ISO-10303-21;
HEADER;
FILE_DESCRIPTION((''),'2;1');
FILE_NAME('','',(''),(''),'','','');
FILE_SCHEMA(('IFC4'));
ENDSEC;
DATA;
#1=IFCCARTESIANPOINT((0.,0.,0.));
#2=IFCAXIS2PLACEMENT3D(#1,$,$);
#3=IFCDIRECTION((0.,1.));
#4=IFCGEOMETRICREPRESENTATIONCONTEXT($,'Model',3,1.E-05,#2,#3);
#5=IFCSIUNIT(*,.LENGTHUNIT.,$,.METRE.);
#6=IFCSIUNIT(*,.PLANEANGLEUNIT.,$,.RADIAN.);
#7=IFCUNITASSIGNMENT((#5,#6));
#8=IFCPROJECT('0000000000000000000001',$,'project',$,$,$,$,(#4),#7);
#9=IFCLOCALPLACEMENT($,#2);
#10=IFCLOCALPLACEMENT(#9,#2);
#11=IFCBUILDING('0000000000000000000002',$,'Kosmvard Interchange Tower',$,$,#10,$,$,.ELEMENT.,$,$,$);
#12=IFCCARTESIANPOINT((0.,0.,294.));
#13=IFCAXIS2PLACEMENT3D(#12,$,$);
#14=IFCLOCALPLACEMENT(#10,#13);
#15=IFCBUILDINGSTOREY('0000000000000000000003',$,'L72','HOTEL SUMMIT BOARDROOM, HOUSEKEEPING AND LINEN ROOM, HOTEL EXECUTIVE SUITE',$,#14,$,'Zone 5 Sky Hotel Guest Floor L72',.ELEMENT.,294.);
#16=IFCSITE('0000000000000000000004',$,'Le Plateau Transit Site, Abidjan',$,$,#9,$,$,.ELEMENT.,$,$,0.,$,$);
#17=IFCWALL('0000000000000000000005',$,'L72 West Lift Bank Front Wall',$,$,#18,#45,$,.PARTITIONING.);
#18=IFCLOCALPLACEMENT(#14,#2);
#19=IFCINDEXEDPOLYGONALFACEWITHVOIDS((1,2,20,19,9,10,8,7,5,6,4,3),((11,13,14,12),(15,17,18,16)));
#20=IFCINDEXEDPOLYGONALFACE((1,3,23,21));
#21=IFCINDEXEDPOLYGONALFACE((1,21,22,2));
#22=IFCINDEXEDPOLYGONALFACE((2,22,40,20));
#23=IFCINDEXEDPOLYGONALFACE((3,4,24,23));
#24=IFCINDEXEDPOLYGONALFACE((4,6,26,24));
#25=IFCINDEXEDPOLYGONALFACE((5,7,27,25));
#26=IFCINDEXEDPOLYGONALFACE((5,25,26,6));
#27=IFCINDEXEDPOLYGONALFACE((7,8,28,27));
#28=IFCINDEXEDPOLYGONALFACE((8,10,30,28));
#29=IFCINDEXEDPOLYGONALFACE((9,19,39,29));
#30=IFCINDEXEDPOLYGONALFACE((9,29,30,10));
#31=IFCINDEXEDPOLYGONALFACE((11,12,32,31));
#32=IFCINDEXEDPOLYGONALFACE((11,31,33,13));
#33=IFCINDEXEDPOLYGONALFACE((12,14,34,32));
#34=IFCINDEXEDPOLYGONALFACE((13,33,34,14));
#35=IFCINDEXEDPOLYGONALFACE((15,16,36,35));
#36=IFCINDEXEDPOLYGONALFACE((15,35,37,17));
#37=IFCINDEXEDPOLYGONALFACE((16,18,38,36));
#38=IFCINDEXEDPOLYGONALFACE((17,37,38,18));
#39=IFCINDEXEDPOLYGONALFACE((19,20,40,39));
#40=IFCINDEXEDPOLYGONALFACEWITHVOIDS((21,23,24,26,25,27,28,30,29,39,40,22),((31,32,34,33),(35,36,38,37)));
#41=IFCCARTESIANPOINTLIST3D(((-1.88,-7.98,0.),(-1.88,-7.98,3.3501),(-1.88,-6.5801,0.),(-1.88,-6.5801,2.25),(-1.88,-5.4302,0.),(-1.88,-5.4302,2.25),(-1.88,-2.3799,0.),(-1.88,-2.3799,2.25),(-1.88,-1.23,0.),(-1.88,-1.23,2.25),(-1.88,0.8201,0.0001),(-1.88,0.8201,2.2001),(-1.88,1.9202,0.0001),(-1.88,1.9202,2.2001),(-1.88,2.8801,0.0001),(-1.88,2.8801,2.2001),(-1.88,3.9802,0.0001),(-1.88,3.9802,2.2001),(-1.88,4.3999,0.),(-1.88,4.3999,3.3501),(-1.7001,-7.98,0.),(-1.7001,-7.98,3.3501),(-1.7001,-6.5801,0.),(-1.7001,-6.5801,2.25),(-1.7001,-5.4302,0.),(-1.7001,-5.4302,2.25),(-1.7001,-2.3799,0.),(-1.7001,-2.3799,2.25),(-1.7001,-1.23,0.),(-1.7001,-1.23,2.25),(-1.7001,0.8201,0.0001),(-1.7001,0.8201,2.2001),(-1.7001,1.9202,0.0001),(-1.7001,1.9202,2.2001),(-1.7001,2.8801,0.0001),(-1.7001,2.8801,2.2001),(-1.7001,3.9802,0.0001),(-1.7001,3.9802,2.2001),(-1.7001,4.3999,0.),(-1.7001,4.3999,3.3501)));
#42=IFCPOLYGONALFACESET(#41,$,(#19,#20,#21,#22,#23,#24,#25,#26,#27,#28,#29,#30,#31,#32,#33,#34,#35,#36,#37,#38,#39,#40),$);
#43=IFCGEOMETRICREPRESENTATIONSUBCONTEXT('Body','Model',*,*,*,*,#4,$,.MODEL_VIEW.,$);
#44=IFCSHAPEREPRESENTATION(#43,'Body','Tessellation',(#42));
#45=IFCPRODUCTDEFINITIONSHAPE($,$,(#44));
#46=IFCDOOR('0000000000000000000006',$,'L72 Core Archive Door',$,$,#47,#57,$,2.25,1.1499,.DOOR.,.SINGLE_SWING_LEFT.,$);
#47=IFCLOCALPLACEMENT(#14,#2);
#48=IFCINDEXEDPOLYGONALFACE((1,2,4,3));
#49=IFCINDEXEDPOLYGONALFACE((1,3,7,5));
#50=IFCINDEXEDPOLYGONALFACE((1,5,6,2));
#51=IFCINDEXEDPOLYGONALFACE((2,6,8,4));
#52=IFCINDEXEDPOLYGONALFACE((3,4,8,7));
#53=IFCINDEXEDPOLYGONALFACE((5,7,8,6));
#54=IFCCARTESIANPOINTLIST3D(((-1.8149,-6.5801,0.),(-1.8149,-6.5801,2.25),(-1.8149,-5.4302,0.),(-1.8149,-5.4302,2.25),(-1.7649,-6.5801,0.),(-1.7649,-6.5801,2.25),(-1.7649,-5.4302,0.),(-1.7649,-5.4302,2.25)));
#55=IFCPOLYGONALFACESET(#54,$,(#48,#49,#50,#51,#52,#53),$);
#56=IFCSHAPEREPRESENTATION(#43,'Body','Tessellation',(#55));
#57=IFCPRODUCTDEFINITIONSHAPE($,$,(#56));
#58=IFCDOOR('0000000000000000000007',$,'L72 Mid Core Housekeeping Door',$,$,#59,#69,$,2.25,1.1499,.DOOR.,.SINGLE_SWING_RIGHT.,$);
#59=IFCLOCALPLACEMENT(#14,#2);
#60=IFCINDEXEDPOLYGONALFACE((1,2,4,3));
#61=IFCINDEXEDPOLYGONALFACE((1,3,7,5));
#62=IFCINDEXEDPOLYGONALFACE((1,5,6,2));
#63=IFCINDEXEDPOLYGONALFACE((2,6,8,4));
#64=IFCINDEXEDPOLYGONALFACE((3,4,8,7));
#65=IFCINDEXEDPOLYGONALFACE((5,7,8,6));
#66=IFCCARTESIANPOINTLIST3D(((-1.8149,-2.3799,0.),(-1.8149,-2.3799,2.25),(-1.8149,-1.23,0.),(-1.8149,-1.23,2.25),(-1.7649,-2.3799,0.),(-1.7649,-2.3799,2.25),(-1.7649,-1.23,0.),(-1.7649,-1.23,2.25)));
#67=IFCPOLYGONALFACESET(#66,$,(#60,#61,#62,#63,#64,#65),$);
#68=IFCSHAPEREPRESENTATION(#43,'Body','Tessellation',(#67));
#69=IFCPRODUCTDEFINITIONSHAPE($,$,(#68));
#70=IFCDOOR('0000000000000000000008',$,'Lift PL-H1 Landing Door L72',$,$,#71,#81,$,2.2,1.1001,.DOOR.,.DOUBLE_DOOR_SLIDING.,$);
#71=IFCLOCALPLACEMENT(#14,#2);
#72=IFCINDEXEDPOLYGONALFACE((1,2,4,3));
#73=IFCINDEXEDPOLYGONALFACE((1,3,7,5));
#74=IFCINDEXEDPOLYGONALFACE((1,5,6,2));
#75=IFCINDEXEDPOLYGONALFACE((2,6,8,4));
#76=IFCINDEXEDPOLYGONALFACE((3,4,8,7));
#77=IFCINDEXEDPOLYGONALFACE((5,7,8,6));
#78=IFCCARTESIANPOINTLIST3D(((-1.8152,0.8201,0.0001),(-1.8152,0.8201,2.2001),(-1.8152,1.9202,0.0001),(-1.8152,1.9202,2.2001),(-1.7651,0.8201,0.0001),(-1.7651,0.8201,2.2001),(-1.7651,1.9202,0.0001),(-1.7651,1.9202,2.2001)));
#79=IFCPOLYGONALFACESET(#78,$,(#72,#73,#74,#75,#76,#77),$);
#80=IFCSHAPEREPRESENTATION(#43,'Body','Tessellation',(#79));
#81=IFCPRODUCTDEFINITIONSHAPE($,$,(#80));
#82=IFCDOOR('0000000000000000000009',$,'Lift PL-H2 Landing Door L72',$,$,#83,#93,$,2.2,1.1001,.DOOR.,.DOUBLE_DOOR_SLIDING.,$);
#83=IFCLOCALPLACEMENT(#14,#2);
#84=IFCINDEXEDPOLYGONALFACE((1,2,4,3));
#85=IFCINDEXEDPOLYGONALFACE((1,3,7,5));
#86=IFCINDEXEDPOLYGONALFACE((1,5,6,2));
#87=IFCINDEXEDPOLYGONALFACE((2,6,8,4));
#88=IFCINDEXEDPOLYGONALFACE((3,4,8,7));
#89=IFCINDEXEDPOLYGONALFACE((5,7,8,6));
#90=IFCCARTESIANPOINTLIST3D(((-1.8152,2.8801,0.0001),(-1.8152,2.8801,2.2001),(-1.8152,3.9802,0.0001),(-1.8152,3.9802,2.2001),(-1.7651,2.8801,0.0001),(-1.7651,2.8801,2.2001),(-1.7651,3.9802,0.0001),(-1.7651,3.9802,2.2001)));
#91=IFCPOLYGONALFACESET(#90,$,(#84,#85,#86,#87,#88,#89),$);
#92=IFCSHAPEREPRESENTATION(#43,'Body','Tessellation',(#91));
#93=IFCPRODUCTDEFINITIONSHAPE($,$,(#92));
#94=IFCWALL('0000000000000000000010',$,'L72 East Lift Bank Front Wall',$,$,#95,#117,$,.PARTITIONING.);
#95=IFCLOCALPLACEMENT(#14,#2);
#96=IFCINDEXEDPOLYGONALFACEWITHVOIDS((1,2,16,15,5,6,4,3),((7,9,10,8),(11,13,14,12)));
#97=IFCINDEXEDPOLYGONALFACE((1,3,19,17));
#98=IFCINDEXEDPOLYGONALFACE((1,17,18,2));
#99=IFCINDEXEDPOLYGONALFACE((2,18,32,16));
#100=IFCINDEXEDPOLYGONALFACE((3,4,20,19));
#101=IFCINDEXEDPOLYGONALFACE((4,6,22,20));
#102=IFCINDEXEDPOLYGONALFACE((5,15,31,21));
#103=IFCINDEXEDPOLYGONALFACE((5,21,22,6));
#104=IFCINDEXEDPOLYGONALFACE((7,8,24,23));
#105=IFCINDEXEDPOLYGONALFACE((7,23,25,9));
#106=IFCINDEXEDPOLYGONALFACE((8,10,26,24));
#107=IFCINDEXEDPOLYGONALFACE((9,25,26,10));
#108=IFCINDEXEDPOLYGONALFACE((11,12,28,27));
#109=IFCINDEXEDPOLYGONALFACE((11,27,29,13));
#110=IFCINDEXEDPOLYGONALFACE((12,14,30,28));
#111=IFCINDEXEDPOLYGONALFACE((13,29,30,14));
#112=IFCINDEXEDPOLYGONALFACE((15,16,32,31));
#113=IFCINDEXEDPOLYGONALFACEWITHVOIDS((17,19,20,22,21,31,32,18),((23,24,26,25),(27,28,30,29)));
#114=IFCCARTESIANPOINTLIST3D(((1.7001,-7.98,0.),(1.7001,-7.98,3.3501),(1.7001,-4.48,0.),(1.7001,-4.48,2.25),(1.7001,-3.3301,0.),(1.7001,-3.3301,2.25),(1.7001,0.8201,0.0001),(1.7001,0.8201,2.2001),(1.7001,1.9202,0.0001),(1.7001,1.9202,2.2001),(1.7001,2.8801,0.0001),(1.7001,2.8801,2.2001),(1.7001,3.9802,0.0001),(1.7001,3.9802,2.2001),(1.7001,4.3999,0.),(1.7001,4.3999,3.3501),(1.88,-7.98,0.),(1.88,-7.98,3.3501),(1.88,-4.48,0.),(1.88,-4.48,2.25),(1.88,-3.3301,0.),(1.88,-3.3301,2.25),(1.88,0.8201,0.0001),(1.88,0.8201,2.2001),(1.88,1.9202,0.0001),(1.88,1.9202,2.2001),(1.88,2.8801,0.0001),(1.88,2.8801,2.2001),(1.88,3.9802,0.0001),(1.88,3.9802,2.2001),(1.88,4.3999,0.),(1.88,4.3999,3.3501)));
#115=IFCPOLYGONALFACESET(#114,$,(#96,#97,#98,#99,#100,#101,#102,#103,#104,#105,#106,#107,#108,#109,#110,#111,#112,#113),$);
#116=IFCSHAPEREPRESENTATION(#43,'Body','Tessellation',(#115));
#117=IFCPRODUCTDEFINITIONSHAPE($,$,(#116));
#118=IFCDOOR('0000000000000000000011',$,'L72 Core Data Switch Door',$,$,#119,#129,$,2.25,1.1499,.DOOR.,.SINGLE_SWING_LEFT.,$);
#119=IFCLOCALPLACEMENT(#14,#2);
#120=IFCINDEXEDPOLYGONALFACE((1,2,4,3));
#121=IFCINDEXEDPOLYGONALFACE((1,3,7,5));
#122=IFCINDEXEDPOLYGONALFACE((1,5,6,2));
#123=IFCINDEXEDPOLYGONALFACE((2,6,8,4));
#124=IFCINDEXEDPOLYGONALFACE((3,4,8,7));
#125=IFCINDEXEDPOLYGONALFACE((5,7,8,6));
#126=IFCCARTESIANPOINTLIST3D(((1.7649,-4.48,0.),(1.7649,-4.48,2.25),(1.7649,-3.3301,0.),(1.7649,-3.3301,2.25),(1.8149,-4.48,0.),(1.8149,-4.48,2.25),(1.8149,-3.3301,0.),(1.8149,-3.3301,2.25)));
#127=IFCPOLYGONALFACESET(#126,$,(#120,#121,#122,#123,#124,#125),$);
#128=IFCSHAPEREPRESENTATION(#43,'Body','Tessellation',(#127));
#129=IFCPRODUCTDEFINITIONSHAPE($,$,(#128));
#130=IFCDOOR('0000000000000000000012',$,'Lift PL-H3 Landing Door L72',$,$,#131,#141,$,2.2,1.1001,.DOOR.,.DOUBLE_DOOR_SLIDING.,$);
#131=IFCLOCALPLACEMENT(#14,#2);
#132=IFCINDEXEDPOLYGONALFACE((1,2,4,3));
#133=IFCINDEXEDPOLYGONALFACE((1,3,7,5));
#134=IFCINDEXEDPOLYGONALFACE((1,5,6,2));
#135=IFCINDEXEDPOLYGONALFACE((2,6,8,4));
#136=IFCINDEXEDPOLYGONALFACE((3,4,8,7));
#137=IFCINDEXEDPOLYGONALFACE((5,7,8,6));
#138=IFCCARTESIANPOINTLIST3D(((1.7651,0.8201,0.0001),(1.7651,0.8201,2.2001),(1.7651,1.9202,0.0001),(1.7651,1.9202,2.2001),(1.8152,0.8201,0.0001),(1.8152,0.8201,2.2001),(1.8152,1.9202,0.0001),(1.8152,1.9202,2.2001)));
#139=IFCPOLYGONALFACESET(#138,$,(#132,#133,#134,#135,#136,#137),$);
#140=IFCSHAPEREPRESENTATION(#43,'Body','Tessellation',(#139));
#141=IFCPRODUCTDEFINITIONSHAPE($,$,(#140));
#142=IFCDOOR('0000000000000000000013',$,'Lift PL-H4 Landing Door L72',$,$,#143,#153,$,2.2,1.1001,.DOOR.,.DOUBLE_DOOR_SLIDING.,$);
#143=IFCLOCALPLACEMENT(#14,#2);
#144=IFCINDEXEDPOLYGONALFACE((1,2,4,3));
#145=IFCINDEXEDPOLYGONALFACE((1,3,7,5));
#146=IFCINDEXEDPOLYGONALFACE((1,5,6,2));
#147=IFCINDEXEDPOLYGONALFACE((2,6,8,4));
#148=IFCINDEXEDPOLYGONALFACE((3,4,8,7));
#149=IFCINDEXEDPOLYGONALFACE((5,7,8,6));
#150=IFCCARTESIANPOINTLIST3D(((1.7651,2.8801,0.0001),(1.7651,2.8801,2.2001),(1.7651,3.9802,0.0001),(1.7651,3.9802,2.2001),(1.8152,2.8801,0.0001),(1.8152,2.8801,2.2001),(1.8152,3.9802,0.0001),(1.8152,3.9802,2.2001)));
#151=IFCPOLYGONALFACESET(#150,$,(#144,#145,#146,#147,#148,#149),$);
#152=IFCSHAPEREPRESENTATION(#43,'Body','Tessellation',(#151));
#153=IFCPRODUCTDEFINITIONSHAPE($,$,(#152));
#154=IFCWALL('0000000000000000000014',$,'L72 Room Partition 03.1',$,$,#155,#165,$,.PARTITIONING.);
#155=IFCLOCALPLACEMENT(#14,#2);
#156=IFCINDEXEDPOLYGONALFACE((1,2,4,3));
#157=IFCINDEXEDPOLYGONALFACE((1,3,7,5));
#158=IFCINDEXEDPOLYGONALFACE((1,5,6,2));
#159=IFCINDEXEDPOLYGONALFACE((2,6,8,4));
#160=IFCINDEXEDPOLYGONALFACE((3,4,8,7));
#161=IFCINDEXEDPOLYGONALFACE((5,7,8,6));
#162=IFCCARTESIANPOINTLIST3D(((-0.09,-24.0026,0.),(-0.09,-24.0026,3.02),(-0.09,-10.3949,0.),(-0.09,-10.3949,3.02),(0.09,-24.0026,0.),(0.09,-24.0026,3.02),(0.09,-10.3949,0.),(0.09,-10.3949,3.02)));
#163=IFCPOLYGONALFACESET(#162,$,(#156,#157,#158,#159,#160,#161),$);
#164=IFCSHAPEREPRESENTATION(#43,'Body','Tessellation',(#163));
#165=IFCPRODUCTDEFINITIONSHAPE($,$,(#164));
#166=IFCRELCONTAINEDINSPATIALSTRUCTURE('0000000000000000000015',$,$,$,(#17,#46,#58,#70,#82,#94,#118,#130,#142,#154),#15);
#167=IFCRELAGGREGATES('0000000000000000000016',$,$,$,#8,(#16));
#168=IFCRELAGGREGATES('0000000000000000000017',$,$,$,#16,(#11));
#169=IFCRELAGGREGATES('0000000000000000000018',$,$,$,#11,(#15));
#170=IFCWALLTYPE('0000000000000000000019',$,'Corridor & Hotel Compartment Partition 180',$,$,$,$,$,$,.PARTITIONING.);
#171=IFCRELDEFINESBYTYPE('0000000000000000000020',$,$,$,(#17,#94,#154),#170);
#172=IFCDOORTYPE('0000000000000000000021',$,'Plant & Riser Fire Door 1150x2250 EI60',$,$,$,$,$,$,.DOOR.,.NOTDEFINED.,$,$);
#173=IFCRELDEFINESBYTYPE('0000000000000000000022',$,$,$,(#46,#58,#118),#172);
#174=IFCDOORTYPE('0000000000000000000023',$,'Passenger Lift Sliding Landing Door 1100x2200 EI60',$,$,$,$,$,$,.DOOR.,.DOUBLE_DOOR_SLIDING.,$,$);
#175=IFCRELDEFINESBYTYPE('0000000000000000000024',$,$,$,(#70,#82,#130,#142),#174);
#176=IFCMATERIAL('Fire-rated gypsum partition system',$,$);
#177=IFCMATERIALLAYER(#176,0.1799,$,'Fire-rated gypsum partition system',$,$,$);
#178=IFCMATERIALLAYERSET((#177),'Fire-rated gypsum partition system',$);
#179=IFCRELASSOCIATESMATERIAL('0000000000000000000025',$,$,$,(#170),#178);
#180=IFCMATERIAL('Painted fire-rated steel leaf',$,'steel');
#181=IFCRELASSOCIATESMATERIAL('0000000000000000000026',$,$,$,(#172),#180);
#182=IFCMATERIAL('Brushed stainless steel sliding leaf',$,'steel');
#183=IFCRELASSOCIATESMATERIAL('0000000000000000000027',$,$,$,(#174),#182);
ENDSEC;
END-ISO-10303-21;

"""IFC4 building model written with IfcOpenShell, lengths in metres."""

from ifc_helpers import new_model, si_unit, direction, frame, frame_2d, origin, place, context, subcontext, project, spatial, rectangle, extrude, source, transform, mapped, material, layer, layer_set, type_object, element, fill, save


model = new_model("IFC4")

# Units and contexts
model_context = context("Model", 3, precision=1e-05, world=origin(), true_north=direction((0.0, 1.0)))
body_context = subcontext(model_context, "Body", "Model", "MODEL_VIEW")
ifc_project = project(units=[si_unit("LENGTHUNIT", "METRE"), si_unit("PLANEANGLEUNIT", "RADIAN")], contexts=[model_context])

# Site, building, storey
site_placement = place(None, origin())
site = spatial("IfcSite", under=ifc_project, at=site_placement, Name="Le Plateau Transit Site, Abidjan", CompositionType="ELEMENT", RefElevation=0.0)
building_placement = place(site_placement, origin())
building = spatial("IfcBuilding", under=site, at=building_placement, Name="Kosmvard Interchange Tower", CompositionType="ELEMENT")
storey_placement = place(building_placement, frame((0.0, 0.0, 294.0)))
storey = spatial("IfcBuildingStorey", under=building, at=storey_placement, Name="L72", Description="HOTEL SUMMIT BOARDROOM, HOUSEKEEPING AND LINEN ROOM, HOTEL EXECUTIVE SUITE", LongName="Zone 5 Sky Hotel Guest Floor L72", CompositionType="ELEMENT", Elevation=294.0)

# Walls, openings, doors
ifc_material_1 = material(Name="Fire-rated gypsum partition system")
ifc_layer_1 = layer(ifc_material_1, 0.1799, Name="Fire-rated gypsum partition system")
ifc_layer_set_1 = layer_set([ifc_layer_1], Name="Fire-rated gypsum partition system")
wall_type_1 = type_object("IfcWallType", Name="Corridor & Hotel Compartment Partition 180", PredefinedType="PARTITIONING", material=ifc_layer_set_1)
wall_1_placement = place(storey_placement, frame((-1.79, -7.98, 0.0), z_axis=(0.0, 0.0, 1.0), x_axis=(0.0, 1.0, 0.0)))
wall_1 = element("IfcWall", 1, at=wall_1_placement, inside=storey, type_object=wall_type_1, Name="L72 West Lift Bank Front Wall", PredefinedType="PARTITIONING", context=body_context, shape_type="SweptSolid", body=[
    extrude(rectangle(XDim=12.3799, YDim=0.1799, at=frame_2d((6.1899, 0.0))), origin(), (0.0, 0.0, 1.0), 3.3501),
])
opening_1_placement = place(wall_1_placement, frame((8.8, 0.0, 0.0)))
opening_1 = element("IfcOpeningElement", 2, at=opening_1_placement, cuts=wall_1, PredefinedType="OPENING", context=body_context, shape_type="SweptSolid", body=[
    extrude(rectangle(XDim=1.1001, YDim=2.2, at=frame_2d((0.55, 1.1001))), frame((0.0, 0.1001, 0.0), z_axis=(0.0, -1.0, 0.0), x_axis=(1.0, 0.0, 0.0)), (0.0, 0.0, 1.0), 0.2),
])
opening_2_placement = place(wall_1_placement, frame((10.8601, 0.0, 0.0)))
opening_2 = element("IfcOpeningElement", 3, at=opening_2_placement, cuts=wall_1, PredefinedType="OPENING", context=body_context, shape_type="SweptSolid", body=[
    extrude(rectangle(XDim=1.1001, YDim=2.2, at=frame_2d((0.55, 1.1001))), frame((0.0, 0.1001, 0.0), z_axis=(0.0, -1.0, 0.0), x_axis=(1.0, 0.0, 0.0)), (0.0, 0.0, 1.0), 0.2),
])
opening_3_placement = place(wall_1_placement, frame((1.3999, 0.0, 0.0)))
opening_3 = element("IfcOpeningElement", 4, at=opening_3_placement, cuts=wall_1, PredefinedType="OPENING", context=body_context, shape_type="SweptSolid", body=[
    extrude(rectangle(XDim=1.1499, YDim=2.25, at=frame_2d((0.575, 1.125))), frame((0.0, 0.1001, 0.0), z_axis=(0.0, -1.0, 0.0), x_axis=(1.0, 0.0, 0.0)), (0.0, 0.0, 1.0), 0.2),
])
opening_4_placement = place(wall_1_placement, frame((5.6001, 0.0, 0.0)))
opening_4 = element("IfcOpeningElement", 5, at=opening_4_placement, cuts=wall_1, PredefinedType="OPENING", context=body_context, shape_type="SweptSolid", body=[
    extrude(rectangle(XDim=1.1499, YDim=2.25, at=frame_2d((0.575, 1.125))), frame((0.0, 0.1001, 0.0), z_axis=(0.0, -1.0, 0.0), x_axis=(1.0, 0.0, 0.0)), (0.0, 0.0, 1.0), 0.2),
])
ifc_material_2 = material(Name="Painted fire-rated steel leaf", Category="steel")
door_type_1 = type_object("IfcDoorType", Name="Plant & Riser Fire Door 1150x2250 EI60", OperationType="NOTDEFINED", PredefinedType="DOOR", material=ifc_material_2)
shared_shape_1 = source(origin(), body_context, "Body", "SweptSolid", [
    extrude(rectangle(XDim=1.1499, YDim=2.25, at=frame_2d((0.575, 1.125))), frame((0.0, 0.0249, 0.0), z_axis=(0.0, -1.0, 0.0), x_axis=(1.0, 0.0, 0.0)), (0.0, 0.0, 1.0), 0.05),
])
door_1_placement = place(opening_3_placement, origin())
door_1 = element("IfcDoor", 6, at=door_1_placement, inside=storey, type_object=door_type_1, Name="L72 Core Archive Door", OperationType="SINGLE_SWING_LEFT", OverallHeight=2.25, OverallWidth=1.1499, PredefinedType="DOOR", context=body_context, shape_type="MappedRepresentation", body=[
    mapped(shared_shape_1, transform((0.0, 0.0, 0.0), scale=1.0)),
])
fill(opening_3, door_1)
door_2_placement = place(opening_4_placement, origin())
door_2 = element("IfcDoor", 7, at=door_2_placement, inside=storey, type_object=door_type_1, Name="L72 Mid Core Housekeeping Door", OperationType="SINGLE_SWING_RIGHT", OverallHeight=2.25, OverallWidth=1.1499, PredefinedType="DOOR", context=body_context, shape_type="MappedRepresentation", body=[
    mapped(shared_shape_1, transform((0.0, 0.0, 0.0), scale=1.0)),
])
fill(opening_4, door_2)
ifc_material_3 = material(Name="Brushed stainless steel sliding leaf", Category="steel")
door_type_2 = type_object("IfcDoorType", Name="Passenger Lift Sliding Landing Door 1100x2200 EI60", OperationType="DOUBLE_DOOR_SLIDING", PredefinedType="DOOR", material=ifc_material_3)
shared_shape_2 = source(origin(), body_context, "Body", "SweptSolid", [
    extrude(rectangle(XDim=1.1001, YDim=2.2, at=frame_2d((0.55, 1.1001))), frame((0.0, 0.0249, 0.0), z_axis=(0.0, -1.0, 0.0), x_axis=(1.0, 0.0, 0.0)), (0.0, 0.0, 1.0), 0.05),
])
door_3_placement = place(opening_1_placement, frame((1.1001, 0.0, 0.0), z_axis=(0.0, 0.0, 1.0), x_axis=(-1.0, 0.0, 0.0)))
door_3 = element("IfcDoor", 8, at=door_3_placement, inside=storey, type_object=door_type_2, Name="Lift PL-H1 Landing Door L72", OperationType="DOUBLE_DOOR_SLIDING", OverallHeight=2.2, OverallWidth=1.1001, PredefinedType="DOOR", context=body_context, shape_type="MappedRepresentation", body=[
    mapped(shared_shape_2, transform((0.0, 0.0, 0.0), scale=1.0)),
])
fill(opening_1, door_3)
door_4_placement = place(opening_2_placement, frame((1.1001, 0.0, 0.0), z_axis=(0.0, 0.0, 1.0), x_axis=(-1.0, 0.0, 0.0)))
door_4 = element("IfcDoor", 9, at=door_4_placement, inside=storey, type_object=door_type_2, Name="Lift PL-H2 Landing Door L72", OperationType="DOUBLE_DOOR_SLIDING", OverallHeight=2.2, OverallWidth=1.1001, PredefinedType="DOOR", context=body_context, shape_type="MappedRepresentation", body=[
    mapped(shared_shape_2, transform((0.0, 0.0, 0.0), scale=1.0)),
])
fill(opening_2, door_4)
wall_2_placement = place(storey_placement, frame((1.79, -7.98, 0.0), z_axis=(0.0, 0.0, 1.0), x_axis=(0.0, 1.0, 0.0)))
wall_2 = element("IfcWall", 10, at=wall_2_placement, inside=storey, type_object=wall_type_1, Name="L72 East Lift Bank Front Wall", PredefinedType="PARTITIONING", context=body_context, shape_type="SweptSolid", body=[
    extrude(rectangle(XDim=12.3799, YDim=0.1799, at=frame_2d((6.1899, 0.0))), origin(), (0.0, 0.0, 1.0), 3.3501),
])
opening_5_placement = place(wall_2_placement, frame((8.8, 0.0, 0.0)))
opening_5 = element("IfcOpeningElement", 11, at=opening_5_placement, cuts=wall_2, PredefinedType="OPENING", context=body_context, shape_type="SweptSolid", body=[
    extrude(rectangle(XDim=1.1001, YDim=2.2, at=frame_2d((0.55, 1.1001))), frame((0.0, 0.1001, 0.0), z_axis=(0.0, -1.0, 0.0), x_axis=(1.0, 0.0, 0.0)), (0.0, 0.0, 1.0), 0.2),
])
opening_6_placement = place(wall_2_placement, frame((10.8601, 0.0, 0.0)))
opening_6 = element("IfcOpeningElement", 12, at=opening_6_placement, cuts=wall_2, PredefinedType="OPENING", context=body_context, shape_type="SweptSolid", body=[
    extrude(rectangle(XDim=1.1001, YDim=2.2, at=frame_2d((0.55, 1.1001))), frame((0.0, 0.1001, 0.0), z_axis=(0.0, -1.0, 0.0), x_axis=(1.0, 0.0, 0.0)), (0.0, 0.0, 1.0), 0.2),
])
opening_7_placement = place(wall_2_placement, frame((3.5, 0.0, 0.0)))
opening_7 = element("IfcOpeningElement", 13, at=opening_7_placement, cuts=wall_2, PredefinedType="OPENING", context=body_context, shape_type="SweptSolid", body=[
    extrude(rectangle(XDim=1.1499, YDim=2.25, at=frame_2d((0.575, 1.125))), frame((0.0, 0.1001, 0.0), z_axis=(0.0, -1.0, 0.0), x_axis=(1.0, 0.0, 0.0)), (0.0, 0.0, 1.0), 0.2),
])
door_5_placement = place(opening_7_placement, frame((1.1499, 0.0, 0.0), z_axis=(0.0, 0.0, 1.0), x_axis=(-1.0, 0.0, 0.0)))
door_5 = element("IfcDoor", 14, at=door_5_placement, inside=storey, type_object=door_type_1, Name="L72 Core Data Switch Door", OperationType="SINGLE_SWING_LEFT", OverallHeight=2.25, OverallWidth=1.1499, PredefinedType="DOOR", context=body_context, shape_type="MappedRepresentation", body=[
    mapped(shared_shape_1, transform((0.0, 0.0, 0.0), scale=1.0)),
])
fill(opening_7, door_5)
door_6_placement = place(opening_5_placement, origin())
door_6 = element("IfcDoor", 15, at=door_6_placement, inside=storey, type_object=door_type_2, Name="Lift PL-H3 Landing Door L72", OperationType="DOUBLE_DOOR_SLIDING", OverallHeight=2.2, OverallWidth=1.1001, PredefinedType="DOOR", context=body_context, shape_type="MappedRepresentation", body=[
    mapped(shared_shape_2, transform((0.0, 0.0, 0.0), scale=1.0)),
])
fill(opening_5, door_6)
door_7_placement = place(opening_6_placement, origin())
door_7 = element("IfcDoor", 16, at=door_7_placement, inside=storey, type_object=door_type_2, Name="Lift PL-H4 Landing Door L72", OperationType="DOUBLE_DOOR_SLIDING", OverallHeight=2.2, OverallWidth=1.1001, PredefinedType="DOOR", context=body_context, shape_type="MappedRepresentation", body=[
    mapped(shared_shape_2, transform((0.0, 0.0, 0.0), scale=1.0)),
])
fill(opening_6, door_7)

# Wall
wall_3_placement = place(storey_placement, frame((0.0, -10.395, 0.0), z_axis=(0.0, 0.0, 1.0), x_axis=(0.0, -1.0, 0.0)))
element("IfcWall", 17, at=wall_3_placement, inside=storey, type_object=wall_type_1, Name="L72 Room Partition 03.1", PredefinedType="PARTITIONING", context=body_context, shape_type="SweptSolid", body=[
    extrude(rectangle(XDim=13.6077, YDim=0.1799, at=frame_2d((6.8037, 0.0))), origin(), (0.0, 0.0, 1.0), 3.02),
])

save(model, "model.ifc")
